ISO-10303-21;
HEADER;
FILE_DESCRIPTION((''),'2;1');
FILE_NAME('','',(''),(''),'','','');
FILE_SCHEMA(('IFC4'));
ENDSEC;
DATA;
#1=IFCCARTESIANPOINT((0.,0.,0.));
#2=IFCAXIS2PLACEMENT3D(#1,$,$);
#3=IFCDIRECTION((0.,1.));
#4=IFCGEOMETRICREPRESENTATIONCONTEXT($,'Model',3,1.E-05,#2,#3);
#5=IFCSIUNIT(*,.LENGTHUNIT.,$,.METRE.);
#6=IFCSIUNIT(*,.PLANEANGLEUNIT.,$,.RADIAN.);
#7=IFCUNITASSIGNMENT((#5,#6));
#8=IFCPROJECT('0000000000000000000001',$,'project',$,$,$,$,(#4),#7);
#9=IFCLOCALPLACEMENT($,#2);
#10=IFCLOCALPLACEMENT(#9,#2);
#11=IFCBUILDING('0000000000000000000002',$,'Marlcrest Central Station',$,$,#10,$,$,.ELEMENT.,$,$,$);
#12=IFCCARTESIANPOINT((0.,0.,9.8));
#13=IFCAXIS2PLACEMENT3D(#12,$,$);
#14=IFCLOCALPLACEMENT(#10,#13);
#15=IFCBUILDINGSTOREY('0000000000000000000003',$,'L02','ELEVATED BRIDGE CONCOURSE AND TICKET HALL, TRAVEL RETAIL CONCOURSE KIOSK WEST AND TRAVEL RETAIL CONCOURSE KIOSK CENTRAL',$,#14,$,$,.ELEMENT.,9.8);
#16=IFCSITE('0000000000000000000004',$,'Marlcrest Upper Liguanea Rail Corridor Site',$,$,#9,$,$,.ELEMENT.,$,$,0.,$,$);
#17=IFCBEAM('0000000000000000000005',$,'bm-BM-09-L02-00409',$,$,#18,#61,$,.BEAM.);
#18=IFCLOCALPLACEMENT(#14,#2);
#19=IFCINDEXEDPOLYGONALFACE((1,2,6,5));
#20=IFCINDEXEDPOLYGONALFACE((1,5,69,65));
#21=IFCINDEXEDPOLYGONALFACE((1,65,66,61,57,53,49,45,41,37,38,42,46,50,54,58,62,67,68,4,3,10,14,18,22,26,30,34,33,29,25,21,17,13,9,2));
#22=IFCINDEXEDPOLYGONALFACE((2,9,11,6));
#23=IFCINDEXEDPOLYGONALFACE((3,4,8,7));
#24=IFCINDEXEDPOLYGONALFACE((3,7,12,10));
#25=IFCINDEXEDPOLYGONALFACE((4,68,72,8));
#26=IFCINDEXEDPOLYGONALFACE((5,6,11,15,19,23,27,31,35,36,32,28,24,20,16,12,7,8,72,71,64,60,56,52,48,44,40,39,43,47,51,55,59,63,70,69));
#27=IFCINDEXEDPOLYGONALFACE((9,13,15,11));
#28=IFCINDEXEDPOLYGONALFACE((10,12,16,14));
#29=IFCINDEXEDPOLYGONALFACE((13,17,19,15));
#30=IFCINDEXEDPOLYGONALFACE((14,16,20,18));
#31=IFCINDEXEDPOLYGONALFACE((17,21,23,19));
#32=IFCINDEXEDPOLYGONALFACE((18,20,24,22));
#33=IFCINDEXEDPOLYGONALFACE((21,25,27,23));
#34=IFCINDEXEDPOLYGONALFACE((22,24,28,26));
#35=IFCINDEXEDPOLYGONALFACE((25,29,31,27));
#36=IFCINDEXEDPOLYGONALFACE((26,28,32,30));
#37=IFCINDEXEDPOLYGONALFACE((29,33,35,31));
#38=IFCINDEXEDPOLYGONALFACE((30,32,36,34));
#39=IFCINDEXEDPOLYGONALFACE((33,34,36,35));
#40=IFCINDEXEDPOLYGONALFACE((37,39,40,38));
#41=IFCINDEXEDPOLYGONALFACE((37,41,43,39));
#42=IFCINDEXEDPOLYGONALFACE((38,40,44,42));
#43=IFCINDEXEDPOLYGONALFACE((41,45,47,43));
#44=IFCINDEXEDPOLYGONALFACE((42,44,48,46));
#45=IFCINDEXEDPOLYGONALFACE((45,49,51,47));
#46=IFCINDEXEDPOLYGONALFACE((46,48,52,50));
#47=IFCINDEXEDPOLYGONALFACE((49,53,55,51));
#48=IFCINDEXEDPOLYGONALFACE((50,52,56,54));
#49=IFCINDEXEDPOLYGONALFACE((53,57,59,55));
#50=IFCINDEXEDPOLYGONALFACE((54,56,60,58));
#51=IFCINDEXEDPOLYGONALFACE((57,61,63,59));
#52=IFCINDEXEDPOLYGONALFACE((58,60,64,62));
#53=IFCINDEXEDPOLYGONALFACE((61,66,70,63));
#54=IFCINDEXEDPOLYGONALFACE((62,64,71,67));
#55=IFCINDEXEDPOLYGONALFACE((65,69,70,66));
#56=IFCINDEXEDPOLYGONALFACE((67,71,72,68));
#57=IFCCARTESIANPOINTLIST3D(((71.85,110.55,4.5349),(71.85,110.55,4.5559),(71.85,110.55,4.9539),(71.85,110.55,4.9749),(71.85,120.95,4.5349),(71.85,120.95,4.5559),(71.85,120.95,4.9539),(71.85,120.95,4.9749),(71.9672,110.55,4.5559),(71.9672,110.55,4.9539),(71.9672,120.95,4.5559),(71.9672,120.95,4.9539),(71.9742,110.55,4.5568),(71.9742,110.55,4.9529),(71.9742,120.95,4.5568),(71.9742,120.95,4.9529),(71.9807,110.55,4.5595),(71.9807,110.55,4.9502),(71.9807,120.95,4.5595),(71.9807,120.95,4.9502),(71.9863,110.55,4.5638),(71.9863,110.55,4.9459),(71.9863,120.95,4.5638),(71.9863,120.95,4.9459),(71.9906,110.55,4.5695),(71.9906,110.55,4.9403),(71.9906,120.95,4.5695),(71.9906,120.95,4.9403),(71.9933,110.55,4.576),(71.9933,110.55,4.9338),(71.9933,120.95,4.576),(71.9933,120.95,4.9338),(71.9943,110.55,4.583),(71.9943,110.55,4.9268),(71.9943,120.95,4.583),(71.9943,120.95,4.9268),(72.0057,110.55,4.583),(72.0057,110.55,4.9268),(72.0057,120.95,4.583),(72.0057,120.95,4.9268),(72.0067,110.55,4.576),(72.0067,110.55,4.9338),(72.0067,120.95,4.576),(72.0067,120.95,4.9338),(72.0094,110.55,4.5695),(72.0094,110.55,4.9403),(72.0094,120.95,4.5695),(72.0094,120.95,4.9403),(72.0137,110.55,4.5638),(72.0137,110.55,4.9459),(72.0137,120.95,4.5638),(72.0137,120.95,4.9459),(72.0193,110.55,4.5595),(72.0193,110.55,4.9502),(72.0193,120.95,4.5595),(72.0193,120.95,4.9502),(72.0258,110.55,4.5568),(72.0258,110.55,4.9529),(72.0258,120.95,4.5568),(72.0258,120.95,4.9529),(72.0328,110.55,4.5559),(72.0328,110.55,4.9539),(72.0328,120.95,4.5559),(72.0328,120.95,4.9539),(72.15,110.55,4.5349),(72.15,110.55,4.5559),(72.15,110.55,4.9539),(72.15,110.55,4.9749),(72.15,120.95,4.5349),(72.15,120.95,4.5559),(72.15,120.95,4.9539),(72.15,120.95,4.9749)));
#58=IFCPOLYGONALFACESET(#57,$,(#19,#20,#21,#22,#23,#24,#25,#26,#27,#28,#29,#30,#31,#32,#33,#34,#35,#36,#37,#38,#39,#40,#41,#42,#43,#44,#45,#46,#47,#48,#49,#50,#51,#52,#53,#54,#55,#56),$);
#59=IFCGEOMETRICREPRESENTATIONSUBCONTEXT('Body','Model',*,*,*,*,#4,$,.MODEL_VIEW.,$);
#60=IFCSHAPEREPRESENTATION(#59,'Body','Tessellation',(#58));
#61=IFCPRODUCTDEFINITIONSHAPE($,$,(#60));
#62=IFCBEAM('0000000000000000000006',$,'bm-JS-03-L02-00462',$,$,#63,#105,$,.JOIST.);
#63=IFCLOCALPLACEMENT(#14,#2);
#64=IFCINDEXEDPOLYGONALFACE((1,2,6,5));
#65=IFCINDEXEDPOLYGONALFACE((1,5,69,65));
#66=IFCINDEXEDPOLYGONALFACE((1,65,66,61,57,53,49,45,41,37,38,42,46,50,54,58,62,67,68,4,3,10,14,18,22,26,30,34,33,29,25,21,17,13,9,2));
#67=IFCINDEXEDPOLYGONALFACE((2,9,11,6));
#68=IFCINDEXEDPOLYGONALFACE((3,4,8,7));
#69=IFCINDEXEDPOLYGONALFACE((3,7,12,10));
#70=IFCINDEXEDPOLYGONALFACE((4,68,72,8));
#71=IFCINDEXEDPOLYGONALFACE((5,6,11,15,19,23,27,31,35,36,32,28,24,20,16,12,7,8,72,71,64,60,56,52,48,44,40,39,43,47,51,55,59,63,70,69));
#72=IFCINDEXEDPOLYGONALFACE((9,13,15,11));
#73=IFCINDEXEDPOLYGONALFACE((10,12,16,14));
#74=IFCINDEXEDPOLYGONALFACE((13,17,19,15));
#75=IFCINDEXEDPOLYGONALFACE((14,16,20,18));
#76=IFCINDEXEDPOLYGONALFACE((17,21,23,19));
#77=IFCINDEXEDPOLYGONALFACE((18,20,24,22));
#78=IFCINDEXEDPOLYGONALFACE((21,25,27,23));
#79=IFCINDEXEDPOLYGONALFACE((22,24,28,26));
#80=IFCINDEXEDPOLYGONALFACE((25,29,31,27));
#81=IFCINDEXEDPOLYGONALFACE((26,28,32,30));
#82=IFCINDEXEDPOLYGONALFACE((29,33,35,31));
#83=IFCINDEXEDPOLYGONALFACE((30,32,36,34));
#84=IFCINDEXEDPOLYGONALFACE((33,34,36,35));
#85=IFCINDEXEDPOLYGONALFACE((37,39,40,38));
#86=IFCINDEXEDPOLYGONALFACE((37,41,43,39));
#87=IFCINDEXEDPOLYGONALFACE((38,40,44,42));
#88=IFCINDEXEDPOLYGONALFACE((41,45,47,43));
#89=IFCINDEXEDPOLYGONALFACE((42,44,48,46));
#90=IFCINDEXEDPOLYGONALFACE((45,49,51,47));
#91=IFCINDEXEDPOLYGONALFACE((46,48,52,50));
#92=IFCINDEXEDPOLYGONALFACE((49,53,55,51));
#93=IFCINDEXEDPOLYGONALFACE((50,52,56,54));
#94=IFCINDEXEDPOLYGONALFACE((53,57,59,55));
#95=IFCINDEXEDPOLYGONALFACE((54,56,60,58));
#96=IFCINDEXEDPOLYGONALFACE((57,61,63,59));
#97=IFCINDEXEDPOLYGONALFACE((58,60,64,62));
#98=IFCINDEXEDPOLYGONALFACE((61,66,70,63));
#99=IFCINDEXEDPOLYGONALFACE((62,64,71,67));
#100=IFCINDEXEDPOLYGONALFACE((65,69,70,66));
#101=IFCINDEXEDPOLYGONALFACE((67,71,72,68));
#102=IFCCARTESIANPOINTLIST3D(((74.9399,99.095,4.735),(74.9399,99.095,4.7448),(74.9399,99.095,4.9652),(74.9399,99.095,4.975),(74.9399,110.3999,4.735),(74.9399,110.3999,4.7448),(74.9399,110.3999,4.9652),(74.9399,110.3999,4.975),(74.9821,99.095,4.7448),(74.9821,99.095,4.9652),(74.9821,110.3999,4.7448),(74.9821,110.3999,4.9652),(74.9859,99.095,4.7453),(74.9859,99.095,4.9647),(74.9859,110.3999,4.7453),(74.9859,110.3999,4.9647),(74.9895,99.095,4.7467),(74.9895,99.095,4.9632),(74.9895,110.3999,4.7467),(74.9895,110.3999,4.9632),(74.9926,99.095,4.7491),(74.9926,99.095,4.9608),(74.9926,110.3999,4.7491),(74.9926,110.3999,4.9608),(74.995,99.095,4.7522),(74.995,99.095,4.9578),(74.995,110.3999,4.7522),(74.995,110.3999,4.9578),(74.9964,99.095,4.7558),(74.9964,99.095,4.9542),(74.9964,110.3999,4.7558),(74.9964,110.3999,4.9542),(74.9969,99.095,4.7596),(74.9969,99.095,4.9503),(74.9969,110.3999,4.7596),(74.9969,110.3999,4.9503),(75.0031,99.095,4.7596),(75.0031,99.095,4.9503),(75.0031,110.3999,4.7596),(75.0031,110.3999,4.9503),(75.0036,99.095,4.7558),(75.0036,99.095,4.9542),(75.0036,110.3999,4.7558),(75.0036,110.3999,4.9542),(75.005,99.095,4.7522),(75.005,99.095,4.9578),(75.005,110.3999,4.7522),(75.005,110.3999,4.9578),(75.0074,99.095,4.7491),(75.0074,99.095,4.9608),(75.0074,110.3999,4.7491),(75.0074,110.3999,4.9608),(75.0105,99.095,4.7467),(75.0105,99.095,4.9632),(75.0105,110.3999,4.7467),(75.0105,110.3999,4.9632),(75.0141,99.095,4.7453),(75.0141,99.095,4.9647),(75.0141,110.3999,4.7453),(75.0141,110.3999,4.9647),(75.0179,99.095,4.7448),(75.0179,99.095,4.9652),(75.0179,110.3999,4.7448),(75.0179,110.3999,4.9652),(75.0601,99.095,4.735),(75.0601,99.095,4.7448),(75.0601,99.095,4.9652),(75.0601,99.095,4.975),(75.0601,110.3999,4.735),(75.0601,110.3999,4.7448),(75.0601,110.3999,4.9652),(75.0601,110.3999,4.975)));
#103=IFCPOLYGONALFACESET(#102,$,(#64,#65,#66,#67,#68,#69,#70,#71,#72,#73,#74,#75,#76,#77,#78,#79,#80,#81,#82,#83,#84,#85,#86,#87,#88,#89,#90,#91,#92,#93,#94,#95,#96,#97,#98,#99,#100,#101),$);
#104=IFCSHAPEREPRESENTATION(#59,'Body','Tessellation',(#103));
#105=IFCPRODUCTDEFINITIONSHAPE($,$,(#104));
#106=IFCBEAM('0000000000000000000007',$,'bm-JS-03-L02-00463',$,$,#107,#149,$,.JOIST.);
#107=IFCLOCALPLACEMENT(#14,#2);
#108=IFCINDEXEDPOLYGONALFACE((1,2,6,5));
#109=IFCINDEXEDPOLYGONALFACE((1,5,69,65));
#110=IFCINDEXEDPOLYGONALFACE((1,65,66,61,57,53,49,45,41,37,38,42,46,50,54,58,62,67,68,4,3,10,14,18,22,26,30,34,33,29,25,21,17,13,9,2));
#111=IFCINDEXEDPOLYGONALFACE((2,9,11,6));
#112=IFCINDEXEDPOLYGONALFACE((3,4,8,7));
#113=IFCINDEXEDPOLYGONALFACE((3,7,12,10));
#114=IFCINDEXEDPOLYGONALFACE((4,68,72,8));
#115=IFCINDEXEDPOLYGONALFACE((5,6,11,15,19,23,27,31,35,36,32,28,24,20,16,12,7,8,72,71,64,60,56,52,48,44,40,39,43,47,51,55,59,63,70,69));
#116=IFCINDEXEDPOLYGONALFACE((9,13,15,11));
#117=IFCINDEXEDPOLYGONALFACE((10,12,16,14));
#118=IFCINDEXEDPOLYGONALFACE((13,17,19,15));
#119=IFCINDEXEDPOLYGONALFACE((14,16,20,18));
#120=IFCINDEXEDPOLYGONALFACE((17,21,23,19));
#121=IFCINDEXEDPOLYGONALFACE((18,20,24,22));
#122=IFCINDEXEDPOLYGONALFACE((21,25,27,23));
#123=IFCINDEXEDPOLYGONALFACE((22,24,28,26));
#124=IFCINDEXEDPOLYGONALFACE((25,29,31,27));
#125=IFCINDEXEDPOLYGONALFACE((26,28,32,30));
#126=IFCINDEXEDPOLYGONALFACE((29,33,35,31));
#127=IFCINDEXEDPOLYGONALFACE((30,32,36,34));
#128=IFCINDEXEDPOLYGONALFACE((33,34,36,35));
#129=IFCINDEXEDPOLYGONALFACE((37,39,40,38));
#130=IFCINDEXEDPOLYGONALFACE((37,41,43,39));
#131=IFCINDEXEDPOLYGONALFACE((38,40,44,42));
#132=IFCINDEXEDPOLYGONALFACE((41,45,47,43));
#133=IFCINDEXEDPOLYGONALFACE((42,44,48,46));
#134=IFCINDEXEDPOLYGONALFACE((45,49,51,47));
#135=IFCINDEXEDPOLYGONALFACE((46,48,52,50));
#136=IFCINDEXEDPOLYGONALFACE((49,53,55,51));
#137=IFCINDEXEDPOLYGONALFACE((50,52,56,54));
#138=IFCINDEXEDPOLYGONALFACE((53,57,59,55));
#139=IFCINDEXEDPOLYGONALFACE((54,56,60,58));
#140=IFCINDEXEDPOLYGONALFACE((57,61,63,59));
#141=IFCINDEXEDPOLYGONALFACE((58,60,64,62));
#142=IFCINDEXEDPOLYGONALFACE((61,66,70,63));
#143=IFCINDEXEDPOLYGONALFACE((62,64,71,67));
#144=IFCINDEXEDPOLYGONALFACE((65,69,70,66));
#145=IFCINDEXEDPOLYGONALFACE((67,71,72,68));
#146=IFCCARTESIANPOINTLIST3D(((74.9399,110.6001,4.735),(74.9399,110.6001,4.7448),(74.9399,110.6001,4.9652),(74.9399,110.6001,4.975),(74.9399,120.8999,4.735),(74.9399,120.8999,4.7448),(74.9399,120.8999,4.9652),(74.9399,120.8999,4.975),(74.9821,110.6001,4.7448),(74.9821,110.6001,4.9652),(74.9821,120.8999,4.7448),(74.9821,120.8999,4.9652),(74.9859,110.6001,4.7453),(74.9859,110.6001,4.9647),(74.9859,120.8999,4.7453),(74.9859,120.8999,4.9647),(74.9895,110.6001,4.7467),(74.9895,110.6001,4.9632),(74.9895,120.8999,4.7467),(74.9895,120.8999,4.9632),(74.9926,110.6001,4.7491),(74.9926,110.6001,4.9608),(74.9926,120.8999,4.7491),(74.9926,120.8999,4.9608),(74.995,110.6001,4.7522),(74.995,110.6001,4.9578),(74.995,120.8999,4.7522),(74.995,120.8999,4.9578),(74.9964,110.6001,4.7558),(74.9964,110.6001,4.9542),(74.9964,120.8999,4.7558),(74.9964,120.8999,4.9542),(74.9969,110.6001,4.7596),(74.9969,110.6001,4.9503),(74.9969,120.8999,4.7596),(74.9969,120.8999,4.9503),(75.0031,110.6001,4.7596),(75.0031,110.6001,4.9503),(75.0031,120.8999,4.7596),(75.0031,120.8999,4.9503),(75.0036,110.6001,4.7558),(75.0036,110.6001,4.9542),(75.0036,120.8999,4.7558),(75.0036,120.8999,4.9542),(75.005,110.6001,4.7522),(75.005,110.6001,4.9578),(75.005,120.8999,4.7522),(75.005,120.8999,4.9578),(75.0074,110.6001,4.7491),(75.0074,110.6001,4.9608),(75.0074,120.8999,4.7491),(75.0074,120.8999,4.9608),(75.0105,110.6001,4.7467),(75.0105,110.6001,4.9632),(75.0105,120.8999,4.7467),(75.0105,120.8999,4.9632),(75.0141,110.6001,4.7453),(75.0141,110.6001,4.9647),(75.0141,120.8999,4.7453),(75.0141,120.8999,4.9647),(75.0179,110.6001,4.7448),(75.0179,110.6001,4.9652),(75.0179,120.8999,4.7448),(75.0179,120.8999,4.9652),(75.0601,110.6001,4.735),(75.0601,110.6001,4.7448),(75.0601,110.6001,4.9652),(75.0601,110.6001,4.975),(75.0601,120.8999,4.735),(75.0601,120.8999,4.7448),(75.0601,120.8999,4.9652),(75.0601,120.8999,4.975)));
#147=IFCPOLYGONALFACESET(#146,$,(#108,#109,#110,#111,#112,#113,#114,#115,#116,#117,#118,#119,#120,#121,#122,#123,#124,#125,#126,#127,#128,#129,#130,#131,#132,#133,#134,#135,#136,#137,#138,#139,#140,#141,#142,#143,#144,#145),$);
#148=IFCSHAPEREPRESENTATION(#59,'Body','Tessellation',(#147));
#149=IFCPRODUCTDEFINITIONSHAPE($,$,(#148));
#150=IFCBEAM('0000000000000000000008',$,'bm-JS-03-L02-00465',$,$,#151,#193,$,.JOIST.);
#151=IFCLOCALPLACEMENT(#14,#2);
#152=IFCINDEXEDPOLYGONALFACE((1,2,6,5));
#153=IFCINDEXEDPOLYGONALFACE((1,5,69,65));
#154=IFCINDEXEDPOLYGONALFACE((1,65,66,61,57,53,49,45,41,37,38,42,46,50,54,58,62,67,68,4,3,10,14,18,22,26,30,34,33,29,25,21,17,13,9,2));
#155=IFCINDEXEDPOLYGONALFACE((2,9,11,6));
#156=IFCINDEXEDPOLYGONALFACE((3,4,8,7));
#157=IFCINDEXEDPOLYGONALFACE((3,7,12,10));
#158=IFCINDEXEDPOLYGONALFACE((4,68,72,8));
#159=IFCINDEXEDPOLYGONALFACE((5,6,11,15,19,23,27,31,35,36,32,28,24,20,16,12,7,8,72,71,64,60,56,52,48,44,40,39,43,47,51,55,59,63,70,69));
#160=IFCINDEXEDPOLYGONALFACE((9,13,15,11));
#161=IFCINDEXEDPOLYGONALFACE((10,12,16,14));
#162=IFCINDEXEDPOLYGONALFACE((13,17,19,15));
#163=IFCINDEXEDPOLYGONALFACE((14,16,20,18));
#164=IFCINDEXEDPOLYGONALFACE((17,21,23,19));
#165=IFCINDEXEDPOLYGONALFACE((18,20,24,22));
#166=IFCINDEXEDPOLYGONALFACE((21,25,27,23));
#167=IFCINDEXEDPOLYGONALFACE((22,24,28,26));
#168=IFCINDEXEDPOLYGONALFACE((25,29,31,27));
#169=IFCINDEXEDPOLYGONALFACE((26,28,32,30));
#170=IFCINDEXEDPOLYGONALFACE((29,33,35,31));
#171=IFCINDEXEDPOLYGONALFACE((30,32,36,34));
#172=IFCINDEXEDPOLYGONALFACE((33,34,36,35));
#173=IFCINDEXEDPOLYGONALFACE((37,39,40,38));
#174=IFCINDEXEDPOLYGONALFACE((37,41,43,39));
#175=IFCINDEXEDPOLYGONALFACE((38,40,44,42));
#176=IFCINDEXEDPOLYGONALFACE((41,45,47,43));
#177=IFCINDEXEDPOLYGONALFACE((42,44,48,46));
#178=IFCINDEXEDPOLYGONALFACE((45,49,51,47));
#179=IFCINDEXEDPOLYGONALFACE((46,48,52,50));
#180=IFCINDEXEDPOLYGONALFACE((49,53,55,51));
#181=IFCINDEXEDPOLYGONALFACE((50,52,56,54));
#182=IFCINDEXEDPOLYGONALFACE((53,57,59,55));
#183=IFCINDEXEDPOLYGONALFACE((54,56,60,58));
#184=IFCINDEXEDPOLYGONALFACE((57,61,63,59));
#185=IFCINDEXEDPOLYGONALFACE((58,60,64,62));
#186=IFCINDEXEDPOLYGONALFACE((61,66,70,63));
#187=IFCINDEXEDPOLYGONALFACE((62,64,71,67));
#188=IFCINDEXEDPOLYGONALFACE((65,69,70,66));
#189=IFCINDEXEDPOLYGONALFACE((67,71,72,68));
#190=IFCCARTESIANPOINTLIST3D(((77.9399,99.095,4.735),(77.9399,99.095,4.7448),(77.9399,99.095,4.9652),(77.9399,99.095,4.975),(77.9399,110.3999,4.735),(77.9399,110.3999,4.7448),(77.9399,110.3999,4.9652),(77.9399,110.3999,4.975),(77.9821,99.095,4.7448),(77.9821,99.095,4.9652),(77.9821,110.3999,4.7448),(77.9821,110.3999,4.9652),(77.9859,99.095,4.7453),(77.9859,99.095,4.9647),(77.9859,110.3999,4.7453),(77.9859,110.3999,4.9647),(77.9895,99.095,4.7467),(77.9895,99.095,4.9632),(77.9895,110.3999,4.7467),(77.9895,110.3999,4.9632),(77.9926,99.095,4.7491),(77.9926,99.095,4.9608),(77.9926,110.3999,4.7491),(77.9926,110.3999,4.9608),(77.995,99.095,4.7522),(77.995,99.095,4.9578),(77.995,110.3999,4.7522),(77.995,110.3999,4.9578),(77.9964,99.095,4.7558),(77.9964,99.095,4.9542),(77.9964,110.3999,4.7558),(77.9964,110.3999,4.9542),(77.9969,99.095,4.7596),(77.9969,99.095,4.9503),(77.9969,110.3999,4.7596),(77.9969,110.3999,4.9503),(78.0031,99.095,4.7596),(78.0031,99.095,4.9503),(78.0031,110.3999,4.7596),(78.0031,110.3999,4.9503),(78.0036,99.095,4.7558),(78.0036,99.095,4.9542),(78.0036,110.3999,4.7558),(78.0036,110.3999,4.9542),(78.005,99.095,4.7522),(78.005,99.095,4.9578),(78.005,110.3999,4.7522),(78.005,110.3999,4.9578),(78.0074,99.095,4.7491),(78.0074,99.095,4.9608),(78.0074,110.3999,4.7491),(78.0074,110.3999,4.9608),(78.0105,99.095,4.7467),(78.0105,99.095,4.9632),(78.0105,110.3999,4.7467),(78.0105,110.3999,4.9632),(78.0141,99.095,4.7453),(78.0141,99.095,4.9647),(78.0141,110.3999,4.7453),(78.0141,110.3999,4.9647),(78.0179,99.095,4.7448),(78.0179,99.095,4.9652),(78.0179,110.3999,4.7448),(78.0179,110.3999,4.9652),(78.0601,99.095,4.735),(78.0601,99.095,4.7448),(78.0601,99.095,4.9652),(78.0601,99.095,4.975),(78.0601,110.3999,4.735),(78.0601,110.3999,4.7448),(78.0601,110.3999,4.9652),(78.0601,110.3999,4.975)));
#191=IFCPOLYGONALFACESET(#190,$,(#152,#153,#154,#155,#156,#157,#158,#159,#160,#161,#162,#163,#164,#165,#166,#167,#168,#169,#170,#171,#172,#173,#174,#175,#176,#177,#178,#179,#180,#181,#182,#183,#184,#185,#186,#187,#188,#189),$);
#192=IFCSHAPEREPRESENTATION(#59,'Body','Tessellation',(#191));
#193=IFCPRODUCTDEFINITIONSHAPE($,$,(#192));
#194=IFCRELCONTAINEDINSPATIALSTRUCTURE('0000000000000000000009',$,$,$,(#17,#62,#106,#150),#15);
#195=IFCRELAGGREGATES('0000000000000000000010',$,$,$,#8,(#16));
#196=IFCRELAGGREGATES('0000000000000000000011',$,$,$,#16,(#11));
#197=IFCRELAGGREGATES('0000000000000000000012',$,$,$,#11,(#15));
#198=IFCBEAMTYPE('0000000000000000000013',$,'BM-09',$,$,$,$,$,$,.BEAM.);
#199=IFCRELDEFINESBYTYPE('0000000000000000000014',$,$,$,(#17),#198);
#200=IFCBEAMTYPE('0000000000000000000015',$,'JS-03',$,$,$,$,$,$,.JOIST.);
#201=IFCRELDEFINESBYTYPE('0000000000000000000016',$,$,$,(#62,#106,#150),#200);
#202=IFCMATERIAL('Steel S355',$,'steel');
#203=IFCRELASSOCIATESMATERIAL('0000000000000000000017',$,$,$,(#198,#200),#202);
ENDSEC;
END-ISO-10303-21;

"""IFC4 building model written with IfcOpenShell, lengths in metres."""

from ifc_helpers import new_model, si_unit, direction, frame, origin, origin_2d, place, context, subcontext, project, spatial, i_section, extrude, material, material_profile, profile_set, type_object, element, save


model = new_model("IFC4")

# Units and contexts
model_context = context("Model", 3, precision=1e-05, world=origin(), true_north=direction((0.0, 1.0)))
body_context = subcontext(model_context, "Body", "Model", "MODEL_VIEW")
ifc_project = project(units=[si_unit("LENGTHUNIT", "METRE"), si_unit("PLANEANGLEUNIT", "RADIAN")], contexts=[model_context])

# Site, building, storey
site_placement = place(None, origin())
site = spatial("IfcSite", under=ifc_project, at=site_placement, Name="Marlcrest Upper Liguanea Rail Corridor Site", CompositionType="ELEMENT", RefElevation=0.0)
building_placement = place(site_placement, origin())
building = spatial("IfcBuilding", under=site, at=building_placement, Name="Marlcrest Central Station", CompositionType="ELEMENT")
storey_placement = place(building_placement, frame((0.0, 0.0, 9.8)))
storey = spatial("IfcBuildingStorey", under=building, at=storey_placement, Name="L02", Description="ELEVATED BRIDGE CONCOURSE AND TICKET HALL, TRAVEL RETAIL CONCOURSE KIOSK WEST AND TRAVEL RETAIL CONCOURSE KIOSK CENTRAL", CompositionType="ELEMENT", Elevation=9.8)

# Shared definitions
ifc_material_1 = material(Name="Steel S355", Category="steel")

# Beams
ifc_material_profile_1 = material_profile(ifc_material_1, i_section(OverallWidth=0.3, OverallDepth=0.4399, WebThickness=0.0115, FlangeThickness=0.021, FilletRadius=0.0271, at=origin_2d()), Name="HEA 450")
ifc_profile_set_1 = profile_set([ifc_material_profile_1], Name="Steel S355")
beam_type_1 = type_object("IfcBeamType", Name="BM-09", PredefinedType="BEAM", material=ifc_profile_set_1)
beam_1_placement = place(storey_placement, frame((72.0, 110.55, 4.7549), z_axis=(0.0, 1.0, 0.0), x_axis=(-1.0, 0.0, 0.0)))
element("IfcBeam", 1, at=beam_1_placement, inside=storey, type_object=beam_type_1, Name="bm-BM-09-L02-00409", PredefinedType="BEAM", context=body_context, shape_type="SweptSolid", body=[
    extrude(i_section(OverallWidth=0.3, OverallDepth=0.4399, WebThickness=0.0115, FlangeThickness=0.021, FilletRadius=0.0271, at=origin_2d()), origin(), (0.0, 0.0, 1.0), 10.3999),
])
ifc_material_profile_2 = material_profile(ifc_material_1, i_section(OverallWidth=0.1201, OverallDepth=0.24, WebThickness=0.0061, FlangeThickness=0.0098, FilletRadius=0.0149, at=origin_2d()), Name="IPE 240")
ifc_profile_set_2 = profile_set([ifc_material_profile_2], Name="Steel S355")
beam_type_2 = type_object("IfcBeamType", Name="JS-03", PredefinedType="JOIST", material=ifc_profile_set_2)
beam_2_placement = place(storey_placement, frame((75.0, 99.095, 4.855), z_axis=(0.0, 1.0, 0.0), x_axis=(-1.0, 0.0, 0.0)))
element("IfcBeam", 2, at=beam_2_placement, inside=storey, type_object=beam_type_2, Name="bm-JS-03-L02-00462", PredefinedType="JOIST", context=body_context, shape_type="SweptSolid", body=[
    extrude(i_section(OverallWidth=0.1201, OverallDepth=0.24, WebThickness=0.0061, FlangeThickness=0.0098, FilletRadius=0.0149, at=origin_2d()), origin(), (0.0, 0.0, 1.0), 11.3049),
])
beam_3_placement = place(storey_placement, frame((75.0, 110.6001, 4.855), z_axis=(0.0, 1.0, 0.0), x_axis=(-1.0, 0.0, 0.0)))
element("IfcBeam", 3, at=beam_3_placement, inside=storey, type_object=beam_type_2, Name="bm-JS-03-L02-00463", PredefinedType="JOIST", context=body_context, shape_type="SweptSolid", body=[
    extrude(i_section(OverallWidth=0.1201, OverallDepth=0.24, WebThickness=0.0061, FlangeThickness=0.0098, FilletRadius=0.0149, at=origin_2d()), origin(), (0.0, 0.0, 1.0), 10.2998),
])
beam_4_placement = place(storey_placement, frame((78.0, 99.095, 4.855), z_axis=(0.0, 1.0, 0.0), x_axis=(-1.0, 0.0, 0.0)))
element("IfcBeam", 4, at=beam_4_placement, inside=storey, type_object=beam_type_2, Name="bm-JS-03-L02-00465", PredefinedType="JOIST", context=body_context, shape_type="SweptSolid", body=[
    extrude(i_section(OverallWidth=0.1201, OverallDepth=0.24, WebThickness=0.0061, FlangeThickness=0.0098, FilletRadius=0.0149, at=origin_2d()), origin(), (0.0, 0.0, 1.0), 11.3049),
])

save(model, "model.ifc")
